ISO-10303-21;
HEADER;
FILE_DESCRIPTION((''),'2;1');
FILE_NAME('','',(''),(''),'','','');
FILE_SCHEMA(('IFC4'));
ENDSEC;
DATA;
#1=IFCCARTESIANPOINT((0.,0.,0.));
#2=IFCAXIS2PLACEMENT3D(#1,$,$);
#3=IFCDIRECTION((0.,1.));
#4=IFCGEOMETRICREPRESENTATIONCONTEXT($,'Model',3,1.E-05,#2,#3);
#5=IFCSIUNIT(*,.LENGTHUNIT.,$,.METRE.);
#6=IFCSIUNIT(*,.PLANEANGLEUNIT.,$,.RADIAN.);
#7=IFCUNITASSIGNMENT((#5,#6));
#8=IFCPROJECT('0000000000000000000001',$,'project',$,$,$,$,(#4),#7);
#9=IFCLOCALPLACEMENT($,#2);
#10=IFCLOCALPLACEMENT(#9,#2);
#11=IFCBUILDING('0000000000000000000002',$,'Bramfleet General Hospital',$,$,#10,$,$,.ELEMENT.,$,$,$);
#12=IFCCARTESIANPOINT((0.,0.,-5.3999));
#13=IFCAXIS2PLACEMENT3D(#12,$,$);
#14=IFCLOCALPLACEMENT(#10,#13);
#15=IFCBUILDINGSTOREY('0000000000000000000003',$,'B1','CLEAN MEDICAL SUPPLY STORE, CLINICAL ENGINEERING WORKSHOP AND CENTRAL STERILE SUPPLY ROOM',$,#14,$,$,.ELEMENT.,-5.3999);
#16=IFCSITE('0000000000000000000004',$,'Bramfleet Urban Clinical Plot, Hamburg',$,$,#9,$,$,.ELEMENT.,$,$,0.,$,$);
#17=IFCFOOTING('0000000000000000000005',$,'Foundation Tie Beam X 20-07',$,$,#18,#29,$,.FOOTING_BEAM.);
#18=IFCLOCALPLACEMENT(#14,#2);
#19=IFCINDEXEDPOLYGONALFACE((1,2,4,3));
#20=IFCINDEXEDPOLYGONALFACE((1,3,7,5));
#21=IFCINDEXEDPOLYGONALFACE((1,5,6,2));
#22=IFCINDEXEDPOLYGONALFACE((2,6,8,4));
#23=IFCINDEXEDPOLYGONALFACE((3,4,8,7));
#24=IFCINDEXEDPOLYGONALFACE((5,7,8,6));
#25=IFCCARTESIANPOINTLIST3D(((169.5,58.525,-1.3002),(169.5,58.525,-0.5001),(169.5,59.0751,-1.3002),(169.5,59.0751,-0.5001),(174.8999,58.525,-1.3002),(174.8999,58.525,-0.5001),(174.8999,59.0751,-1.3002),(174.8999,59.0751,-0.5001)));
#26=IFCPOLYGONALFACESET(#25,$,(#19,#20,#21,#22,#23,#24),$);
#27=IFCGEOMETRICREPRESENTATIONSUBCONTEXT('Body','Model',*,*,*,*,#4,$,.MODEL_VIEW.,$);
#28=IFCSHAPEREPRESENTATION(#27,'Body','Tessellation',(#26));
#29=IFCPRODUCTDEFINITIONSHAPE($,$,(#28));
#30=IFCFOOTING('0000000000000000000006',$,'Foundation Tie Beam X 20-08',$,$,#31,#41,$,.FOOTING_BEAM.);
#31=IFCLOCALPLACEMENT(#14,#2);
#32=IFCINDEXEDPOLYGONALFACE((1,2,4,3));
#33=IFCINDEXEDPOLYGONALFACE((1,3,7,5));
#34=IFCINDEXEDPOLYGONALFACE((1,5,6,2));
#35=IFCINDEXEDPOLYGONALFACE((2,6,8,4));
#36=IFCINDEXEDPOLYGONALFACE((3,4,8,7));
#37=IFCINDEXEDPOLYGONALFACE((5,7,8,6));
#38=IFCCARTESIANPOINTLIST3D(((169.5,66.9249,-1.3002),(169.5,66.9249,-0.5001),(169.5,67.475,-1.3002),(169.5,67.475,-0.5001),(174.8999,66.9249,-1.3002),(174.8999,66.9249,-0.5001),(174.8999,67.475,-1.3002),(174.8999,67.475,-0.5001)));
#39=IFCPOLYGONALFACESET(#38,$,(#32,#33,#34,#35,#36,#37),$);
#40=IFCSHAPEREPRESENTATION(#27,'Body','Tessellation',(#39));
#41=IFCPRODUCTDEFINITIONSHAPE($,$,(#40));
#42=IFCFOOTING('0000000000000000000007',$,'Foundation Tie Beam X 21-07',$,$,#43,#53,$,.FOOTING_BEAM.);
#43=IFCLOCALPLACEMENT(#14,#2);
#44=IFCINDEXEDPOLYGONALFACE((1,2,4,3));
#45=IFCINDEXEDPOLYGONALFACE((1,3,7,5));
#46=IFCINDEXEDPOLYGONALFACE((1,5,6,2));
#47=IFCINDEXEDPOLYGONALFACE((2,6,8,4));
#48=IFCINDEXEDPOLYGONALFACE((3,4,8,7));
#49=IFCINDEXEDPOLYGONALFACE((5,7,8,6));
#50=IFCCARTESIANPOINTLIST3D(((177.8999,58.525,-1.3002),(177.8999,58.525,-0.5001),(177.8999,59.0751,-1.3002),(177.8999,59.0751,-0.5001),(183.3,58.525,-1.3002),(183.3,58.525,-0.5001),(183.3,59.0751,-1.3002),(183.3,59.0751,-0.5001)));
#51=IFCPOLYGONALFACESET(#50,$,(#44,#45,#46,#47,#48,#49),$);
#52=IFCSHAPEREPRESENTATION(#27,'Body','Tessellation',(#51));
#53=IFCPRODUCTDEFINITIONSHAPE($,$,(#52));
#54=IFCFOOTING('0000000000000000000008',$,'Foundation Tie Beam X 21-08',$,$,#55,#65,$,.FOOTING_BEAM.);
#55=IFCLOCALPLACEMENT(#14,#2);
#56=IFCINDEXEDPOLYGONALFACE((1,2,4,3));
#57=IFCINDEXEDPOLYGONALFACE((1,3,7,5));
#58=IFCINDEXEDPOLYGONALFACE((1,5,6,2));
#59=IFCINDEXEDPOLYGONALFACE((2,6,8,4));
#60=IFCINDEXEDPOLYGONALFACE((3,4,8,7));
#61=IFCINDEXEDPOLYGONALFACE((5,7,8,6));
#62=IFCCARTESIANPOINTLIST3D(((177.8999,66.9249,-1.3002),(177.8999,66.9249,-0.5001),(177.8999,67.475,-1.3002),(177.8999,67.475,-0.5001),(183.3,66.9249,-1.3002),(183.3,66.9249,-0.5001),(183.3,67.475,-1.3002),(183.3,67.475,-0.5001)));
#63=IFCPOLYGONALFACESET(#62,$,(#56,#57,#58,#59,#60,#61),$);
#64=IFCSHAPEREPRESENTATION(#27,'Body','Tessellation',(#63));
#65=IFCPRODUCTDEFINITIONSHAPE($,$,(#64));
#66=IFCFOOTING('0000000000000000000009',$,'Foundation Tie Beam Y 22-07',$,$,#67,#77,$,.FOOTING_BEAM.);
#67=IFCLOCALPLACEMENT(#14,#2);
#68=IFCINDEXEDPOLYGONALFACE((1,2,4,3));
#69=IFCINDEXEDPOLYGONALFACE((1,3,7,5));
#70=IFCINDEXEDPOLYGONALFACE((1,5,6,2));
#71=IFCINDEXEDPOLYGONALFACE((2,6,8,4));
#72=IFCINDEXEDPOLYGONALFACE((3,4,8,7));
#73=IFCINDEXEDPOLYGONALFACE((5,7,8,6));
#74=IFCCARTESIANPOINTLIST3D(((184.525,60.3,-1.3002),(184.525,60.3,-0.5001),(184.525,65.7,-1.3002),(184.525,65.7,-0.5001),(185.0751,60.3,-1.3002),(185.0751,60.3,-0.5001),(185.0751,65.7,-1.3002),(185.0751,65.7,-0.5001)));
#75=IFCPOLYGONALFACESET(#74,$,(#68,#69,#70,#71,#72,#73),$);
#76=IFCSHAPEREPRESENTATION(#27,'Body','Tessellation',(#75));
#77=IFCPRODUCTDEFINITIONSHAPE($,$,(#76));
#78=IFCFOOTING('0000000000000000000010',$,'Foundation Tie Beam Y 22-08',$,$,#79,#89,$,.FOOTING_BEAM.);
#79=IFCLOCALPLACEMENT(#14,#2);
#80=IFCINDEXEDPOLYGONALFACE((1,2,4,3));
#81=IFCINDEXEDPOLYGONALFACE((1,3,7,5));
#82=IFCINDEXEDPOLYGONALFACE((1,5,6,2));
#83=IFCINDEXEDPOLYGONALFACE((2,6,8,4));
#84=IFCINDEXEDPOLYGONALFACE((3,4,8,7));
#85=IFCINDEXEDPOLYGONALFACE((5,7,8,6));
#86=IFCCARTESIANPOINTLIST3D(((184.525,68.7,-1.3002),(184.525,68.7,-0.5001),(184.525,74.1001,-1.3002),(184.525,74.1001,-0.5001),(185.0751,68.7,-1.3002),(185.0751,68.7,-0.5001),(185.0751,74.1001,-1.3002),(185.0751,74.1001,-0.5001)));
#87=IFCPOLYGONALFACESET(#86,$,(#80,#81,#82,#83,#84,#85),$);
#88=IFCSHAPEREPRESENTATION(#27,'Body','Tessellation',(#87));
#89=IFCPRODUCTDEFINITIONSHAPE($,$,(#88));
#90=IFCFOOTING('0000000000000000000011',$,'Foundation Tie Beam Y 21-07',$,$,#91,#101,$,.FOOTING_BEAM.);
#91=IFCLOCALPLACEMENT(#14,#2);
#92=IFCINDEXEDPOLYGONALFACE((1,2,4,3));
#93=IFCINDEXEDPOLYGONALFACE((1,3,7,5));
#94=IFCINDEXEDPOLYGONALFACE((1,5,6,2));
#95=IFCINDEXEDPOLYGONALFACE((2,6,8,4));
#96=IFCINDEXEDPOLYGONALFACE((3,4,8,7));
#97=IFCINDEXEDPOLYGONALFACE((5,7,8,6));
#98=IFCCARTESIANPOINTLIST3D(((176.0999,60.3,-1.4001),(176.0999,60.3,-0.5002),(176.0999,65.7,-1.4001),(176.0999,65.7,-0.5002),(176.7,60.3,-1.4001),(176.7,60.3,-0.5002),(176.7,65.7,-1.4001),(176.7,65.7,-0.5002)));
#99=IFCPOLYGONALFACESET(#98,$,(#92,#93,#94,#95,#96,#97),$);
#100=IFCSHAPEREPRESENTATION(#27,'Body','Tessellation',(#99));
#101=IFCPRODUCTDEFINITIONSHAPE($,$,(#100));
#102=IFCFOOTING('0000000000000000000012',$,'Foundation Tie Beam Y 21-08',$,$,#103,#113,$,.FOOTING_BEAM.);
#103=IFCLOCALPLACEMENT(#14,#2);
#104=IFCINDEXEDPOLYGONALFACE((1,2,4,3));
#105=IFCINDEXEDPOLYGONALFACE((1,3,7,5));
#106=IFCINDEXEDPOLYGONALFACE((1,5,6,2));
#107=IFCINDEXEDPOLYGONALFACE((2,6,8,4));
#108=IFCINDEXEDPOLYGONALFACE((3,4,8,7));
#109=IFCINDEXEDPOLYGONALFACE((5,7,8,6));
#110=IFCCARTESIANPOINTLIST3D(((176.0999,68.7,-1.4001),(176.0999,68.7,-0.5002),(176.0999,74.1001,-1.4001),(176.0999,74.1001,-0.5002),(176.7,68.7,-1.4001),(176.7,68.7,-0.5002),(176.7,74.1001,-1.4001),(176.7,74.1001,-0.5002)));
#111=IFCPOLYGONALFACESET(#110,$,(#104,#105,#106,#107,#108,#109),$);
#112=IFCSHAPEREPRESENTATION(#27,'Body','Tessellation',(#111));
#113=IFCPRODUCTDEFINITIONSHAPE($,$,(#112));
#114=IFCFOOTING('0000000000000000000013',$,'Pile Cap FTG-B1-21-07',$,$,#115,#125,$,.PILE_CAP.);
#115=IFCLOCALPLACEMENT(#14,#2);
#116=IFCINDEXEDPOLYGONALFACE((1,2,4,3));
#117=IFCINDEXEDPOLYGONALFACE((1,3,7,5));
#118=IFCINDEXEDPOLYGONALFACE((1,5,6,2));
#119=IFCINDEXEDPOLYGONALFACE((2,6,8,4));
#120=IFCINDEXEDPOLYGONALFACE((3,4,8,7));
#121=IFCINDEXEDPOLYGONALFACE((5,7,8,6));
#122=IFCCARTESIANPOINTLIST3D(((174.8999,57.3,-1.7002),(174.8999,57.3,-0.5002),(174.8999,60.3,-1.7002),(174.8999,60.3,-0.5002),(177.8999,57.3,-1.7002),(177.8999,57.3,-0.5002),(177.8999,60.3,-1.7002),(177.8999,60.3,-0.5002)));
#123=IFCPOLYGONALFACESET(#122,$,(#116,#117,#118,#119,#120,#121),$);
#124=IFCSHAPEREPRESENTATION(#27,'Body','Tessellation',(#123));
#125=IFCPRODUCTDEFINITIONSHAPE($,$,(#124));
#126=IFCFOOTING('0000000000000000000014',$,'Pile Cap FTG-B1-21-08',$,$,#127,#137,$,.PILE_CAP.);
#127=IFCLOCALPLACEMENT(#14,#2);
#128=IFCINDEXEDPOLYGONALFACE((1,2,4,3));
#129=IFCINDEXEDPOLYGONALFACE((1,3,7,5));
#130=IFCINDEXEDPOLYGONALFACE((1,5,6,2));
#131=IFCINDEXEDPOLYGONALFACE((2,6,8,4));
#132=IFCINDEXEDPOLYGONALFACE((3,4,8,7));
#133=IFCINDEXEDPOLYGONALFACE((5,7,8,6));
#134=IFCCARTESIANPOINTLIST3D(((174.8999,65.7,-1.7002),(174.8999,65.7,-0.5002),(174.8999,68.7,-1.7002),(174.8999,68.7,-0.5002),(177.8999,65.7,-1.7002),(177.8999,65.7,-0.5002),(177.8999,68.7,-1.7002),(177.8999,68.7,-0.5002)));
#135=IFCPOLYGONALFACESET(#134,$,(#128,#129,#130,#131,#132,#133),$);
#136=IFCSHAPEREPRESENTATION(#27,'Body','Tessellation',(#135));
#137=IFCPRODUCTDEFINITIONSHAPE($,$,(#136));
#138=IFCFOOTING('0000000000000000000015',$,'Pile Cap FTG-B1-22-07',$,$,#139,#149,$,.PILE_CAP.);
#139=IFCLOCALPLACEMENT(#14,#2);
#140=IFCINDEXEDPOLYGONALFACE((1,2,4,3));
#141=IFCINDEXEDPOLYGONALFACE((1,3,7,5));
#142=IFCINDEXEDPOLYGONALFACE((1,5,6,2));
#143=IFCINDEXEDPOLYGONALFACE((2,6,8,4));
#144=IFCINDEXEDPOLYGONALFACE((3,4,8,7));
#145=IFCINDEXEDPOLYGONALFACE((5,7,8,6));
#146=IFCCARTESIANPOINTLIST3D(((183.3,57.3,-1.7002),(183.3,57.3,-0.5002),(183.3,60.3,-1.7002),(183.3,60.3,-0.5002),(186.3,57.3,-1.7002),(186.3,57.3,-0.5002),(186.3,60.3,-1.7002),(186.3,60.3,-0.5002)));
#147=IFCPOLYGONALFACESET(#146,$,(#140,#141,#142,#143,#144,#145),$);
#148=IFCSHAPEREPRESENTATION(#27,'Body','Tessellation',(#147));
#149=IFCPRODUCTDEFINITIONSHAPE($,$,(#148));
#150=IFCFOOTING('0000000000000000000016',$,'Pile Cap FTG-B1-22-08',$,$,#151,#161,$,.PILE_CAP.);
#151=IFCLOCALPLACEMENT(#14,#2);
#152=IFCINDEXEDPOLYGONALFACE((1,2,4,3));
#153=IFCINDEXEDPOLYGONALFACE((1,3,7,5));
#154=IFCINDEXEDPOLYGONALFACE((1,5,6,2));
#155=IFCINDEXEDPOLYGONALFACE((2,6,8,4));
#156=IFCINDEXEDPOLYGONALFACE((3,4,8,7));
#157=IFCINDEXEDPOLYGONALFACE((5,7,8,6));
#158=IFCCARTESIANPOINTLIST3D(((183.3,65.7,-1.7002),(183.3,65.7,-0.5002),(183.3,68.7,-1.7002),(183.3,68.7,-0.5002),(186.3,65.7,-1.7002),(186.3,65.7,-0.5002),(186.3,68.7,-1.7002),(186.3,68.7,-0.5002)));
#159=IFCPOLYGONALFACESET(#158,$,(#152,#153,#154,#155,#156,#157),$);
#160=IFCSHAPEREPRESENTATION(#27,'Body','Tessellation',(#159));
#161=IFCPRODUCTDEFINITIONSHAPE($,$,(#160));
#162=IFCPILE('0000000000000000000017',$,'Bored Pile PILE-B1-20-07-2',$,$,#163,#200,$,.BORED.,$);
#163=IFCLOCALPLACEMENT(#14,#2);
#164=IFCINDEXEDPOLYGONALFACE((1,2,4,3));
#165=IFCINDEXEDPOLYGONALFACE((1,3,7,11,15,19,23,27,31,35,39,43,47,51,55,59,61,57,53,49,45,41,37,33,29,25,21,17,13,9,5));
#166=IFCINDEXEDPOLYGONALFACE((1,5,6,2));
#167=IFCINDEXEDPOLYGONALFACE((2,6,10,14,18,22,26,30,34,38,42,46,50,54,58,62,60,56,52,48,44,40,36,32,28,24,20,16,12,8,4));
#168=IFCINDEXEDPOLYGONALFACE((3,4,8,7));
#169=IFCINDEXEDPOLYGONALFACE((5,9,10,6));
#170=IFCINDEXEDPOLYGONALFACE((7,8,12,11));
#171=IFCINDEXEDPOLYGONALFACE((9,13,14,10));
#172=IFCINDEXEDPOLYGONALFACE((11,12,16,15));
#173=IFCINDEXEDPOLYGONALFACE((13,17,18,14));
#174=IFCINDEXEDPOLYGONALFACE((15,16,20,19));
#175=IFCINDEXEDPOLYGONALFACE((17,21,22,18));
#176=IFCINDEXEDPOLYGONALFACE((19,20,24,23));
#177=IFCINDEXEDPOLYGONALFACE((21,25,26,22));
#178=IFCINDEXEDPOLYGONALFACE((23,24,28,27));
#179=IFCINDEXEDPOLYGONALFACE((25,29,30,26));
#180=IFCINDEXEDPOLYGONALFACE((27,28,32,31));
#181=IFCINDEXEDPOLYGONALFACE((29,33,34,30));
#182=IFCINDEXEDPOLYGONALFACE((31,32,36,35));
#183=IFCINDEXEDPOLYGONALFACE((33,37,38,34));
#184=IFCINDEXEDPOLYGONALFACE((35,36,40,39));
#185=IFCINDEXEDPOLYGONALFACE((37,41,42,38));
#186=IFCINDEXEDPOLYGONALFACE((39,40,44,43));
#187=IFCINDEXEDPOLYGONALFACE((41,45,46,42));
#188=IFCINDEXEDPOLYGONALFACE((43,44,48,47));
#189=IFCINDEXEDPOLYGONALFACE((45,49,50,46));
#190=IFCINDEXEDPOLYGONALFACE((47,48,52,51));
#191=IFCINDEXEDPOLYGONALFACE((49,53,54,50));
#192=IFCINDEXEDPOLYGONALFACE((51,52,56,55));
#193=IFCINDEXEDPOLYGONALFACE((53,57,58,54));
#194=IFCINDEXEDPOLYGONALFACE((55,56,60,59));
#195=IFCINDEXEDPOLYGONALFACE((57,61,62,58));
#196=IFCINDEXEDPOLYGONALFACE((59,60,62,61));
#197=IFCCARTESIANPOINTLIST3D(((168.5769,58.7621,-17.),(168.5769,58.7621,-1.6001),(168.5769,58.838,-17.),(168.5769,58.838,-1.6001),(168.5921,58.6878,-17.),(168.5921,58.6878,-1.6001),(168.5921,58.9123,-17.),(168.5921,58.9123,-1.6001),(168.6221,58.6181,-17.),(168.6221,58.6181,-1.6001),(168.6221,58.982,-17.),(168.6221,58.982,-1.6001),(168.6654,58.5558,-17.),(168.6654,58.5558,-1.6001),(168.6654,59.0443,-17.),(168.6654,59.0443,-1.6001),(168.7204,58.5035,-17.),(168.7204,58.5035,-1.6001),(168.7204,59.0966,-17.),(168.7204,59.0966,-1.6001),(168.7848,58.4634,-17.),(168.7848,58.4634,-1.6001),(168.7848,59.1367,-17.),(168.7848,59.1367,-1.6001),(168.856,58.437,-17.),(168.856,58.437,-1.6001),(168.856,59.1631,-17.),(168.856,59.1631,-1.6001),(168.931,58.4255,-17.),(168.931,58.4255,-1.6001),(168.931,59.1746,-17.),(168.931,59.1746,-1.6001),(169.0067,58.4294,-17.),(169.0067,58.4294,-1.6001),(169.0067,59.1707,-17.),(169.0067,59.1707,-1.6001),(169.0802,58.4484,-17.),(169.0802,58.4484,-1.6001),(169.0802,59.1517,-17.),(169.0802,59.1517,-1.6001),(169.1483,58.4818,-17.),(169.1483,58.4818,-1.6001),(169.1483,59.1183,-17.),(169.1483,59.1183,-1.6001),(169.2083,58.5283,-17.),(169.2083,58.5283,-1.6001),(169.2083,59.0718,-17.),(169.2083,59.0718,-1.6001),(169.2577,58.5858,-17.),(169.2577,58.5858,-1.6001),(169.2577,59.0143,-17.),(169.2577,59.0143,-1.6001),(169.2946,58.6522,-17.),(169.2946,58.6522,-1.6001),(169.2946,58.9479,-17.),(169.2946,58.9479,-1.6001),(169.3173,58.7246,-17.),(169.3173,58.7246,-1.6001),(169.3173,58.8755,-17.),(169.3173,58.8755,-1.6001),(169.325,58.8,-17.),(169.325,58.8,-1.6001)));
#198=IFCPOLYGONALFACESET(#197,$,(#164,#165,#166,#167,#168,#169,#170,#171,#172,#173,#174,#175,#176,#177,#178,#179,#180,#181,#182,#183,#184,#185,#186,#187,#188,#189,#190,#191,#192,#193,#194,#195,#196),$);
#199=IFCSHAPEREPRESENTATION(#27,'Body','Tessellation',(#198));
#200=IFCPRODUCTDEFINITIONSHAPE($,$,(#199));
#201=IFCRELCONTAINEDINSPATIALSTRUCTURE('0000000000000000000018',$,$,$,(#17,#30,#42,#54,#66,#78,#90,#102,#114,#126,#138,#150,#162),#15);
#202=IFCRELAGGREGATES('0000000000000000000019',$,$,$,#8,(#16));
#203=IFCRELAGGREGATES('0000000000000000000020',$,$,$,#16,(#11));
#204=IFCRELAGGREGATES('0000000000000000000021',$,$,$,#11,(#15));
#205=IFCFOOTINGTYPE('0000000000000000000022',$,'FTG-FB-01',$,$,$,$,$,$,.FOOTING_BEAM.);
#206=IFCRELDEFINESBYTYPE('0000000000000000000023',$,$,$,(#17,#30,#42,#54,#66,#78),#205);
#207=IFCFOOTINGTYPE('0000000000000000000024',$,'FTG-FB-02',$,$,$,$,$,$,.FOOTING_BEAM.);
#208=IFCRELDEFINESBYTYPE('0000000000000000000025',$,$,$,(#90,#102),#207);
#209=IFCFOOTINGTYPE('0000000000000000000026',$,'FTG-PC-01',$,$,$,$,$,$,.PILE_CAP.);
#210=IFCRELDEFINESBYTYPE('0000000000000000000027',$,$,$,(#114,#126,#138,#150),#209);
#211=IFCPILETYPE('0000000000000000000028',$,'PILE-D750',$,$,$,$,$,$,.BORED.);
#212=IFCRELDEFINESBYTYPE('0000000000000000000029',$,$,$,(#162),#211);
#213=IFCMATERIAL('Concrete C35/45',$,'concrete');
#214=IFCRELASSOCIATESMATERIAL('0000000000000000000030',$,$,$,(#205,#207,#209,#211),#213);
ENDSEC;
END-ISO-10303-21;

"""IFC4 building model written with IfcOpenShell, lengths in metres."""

from ifc_helpers import new_model, si_unit, direction, frame, origin, origin_2d, place, context, subcontext, project, spatial, rectangle, circle, extrude, material, material_profile, profile_set, type_object, element, save


model = new_model("IFC4")

# Units and contexts
model_context = context("Model", 3, precision=1e-05, world=origin(), true_north=direction((0.0, 1.0)))
body_context = subcontext(model_context, "Body", "Model", "MODEL_VIEW")
ifc_project = project(units=[si_unit("LENGTHUNIT", "METRE"), si_unit("PLANEANGLEUNIT", "RADIAN")], contexts=[model_context])

# Site, building, storey
site_placement = place(None, origin())
site = spatial("IfcSite", under=ifc_project, at=site_placement, Name="Bramfleet Urban Clinical Plot, Hamburg", CompositionType="ELEMENT", RefElevation=0.0)
building_placement = place(site_placement, origin())
building = spatial("IfcBuilding", under=site, at=building_placement, Name="Bramfleet General Hospital", CompositionType="ELEMENT")
storey_placement = place(building_placement, frame((0.0, 0.0, -5.3999)))
storey = spatial("IfcBuildingStorey", under=building, at=storey_placement, Name="B1", Description="CLEAN MEDICAL SUPPLY STORE, CLINICAL ENGINEERING WORKSHOP AND CENTRAL STERILE SUPPLY ROOM", CompositionType="ELEMENT", Elevation=-5.3999)

# Footings
ifc_material_1 = material(Name="Concrete C35/45", Category="concrete")
ifc_material_profile_1 = material_profile(ifc_material_1, rectangle(XDim=0.55, YDim=0.8, at=origin_2d()), Name="RC FB 800x550")
ifc_profile_set_1 = profile_set([ifc_material_profile_1], Name="Concrete C35/45")
footing_type_1 = type_object("IfcFootingType", Name="FTG-FB-01", PredefinedType="FOOTING_BEAM", material=ifc_profile_set_1)
for number, where, z_axis, x_axis, name in (
    (1, (169.5, 58.8, -0.9001), (1.0, 0.0, 0.0), (0.0, 1.0, 0.0), "Foundation Tie Beam X 20-07"),
    (2, (169.5, 67.2, -0.9001), (1.0, 0.0, 0.0), (0.0, 1.0, 0.0), "Foundation Tie Beam X 20-08"),
):
    element("IfcFooting", number, at=place(storey_placement, frame(where, z_axis=z_axis, x_axis=x_axis)), inside=storey, type_object=footing_type_1, Name=name, PredefinedType="FOOTING_BEAM", context=body_context, shape_type="SweptSolid", body=[
        extrude(rectangle(XDim=0.55, YDim=0.8, at=origin_2d()), origin(), (0.0, 0.0, 1.0), 5.3999),
    ])
for number, where, z_axis, x_axis, name in (
    (3, (177.8999, 58.8, -0.9001), (1.0, 0.0, 0.0), (0.0, 1.0, 0.0), "Foundation Tie Beam X 21-07"),
    (4, (177.8999, 67.2, -0.9001), (1.0, 0.0, 0.0), (0.0, 1.0, 0.0), "Foundation Tie Beam X 21-08"),
):
    element("IfcFooting", number, at=place(storey_placement, frame(where, z_axis=z_axis, x_axis=x_axis)), inside=storey, type_object=footing_type_1, Name=name, PredefinedType="FOOTING_BEAM", context=body_context, shape_type="SweptSolid", body=[
        extrude(rectangle(XDim=0.55, YDim=0.8, at=origin_2d()), origin(), (0.0, 0.0, 1.0), 5.4001),
    ])
footing_1_placement = place(storey_placement, frame((184.8, 60.3, -0.9001), z_axis=(0.0, 1.0, 0.0), x_axis=(-1.0, 0.0, 0.0)))
element("IfcFooting", 5, at=footing_1_placement, inside=storey, type_object=footing_type_1, Name="Foundation Tie Beam Y 22-07", PredefinedType="FOOTING_BEAM", context=body_context, shape_type="SweptSolid", body=[
    extrude(rectangle(XDim=0.55, YDim=0.8, at=origin_2d()), origin(), (0.0, 0.0, 1.0), 5.3999),
])
footing_2_placement = place(storey_placement, frame((184.8, 68.7, -0.9001), z_axis=(0.0, 1.0, 0.0), x_axis=(-1.0, 0.0, 0.0)))
element("IfcFooting", 6, at=footing_2_placement, inside=storey, type_object=footing_type_1, Name="Foundation Tie Beam Y 22-08", PredefinedType="FOOTING_BEAM", context=body_context, shape_type="SweptSolid", body=[
    extrude(rectangle(XDim=0.55, YDim=0.8, at=origin_2d()), origin(), (0.0, 0.0, 1.0), 5.4001),
])
ifc_material_profile_2 = material_profile(ifc_material_1, rectangle(XDim=0.6001, YDim=0.8999, at=origin_2d()), Name="RC FB 900x600")
ifc_profile_set_2 = profile_set([ifc_material_profile_2], Name="Concrete C35/45")
footing_type_2 = type_object("IfcFootingType", Name="FTG-FB-02", PredefinedType="FOOTING_BEAM", material=ifc_profile_set_2)
footing_3_placement = place(storey_placement, frame((176.3999, 60.3, -0.9502), z_axis=(0.0, 1.0, 0.0), x_axis=(-1.0, 0.0, 0.0)))
element("IfcFooting", 7, at=footing_3_placement, inside=storey, type_object=footing_type_2, Name="Foundation Tie Beam Y 21-07", PredefinedType="FOOTING_BEAM", context=body_context, shape_type="SweptSolid", body=[
    extrude(rectangle(XDim=0.6001, YDim=0.8999, at=origin_2d()), origin(), (0.0, 0.0, 1.0), 5.3999),
])
footing_4_placement = place(storey_placement, frame((176.3999, 68.7, -0.9502), z_axis=(0.0, 1.0, 0.0), x_axis=(-1.0, 0.0, 0.0)))
element("IfcFooting", 8, at=footing_4_placement, inside=storey, type_object=footing_type_2, Name="Foundation Tie Beam Y 21-08", PredefinedType="FOOTING_BEAM", context=body_context, shape_type="SweptSolid", body=[
    extrude(rectangle(XDim=0.6001, YDim=0.8999, at=origin_2d()), origin(), (0.0, 0.0, 1.0), 5.4001),
])
footing_type_3 = type_object("IfcFootingType", Name="FTG-PC-01", PredefinedType="PILE_CAP", material=ifc_material_1)
for number, where, z_axis, x_axis, name in (
    (9, (176.3999, 58.8, -1.7002), (0.0, 0.0, 1.0), (1.0, 0.0, 0.0), "Pile Cap FTG-B1-21-07"),
    (10, (176.3999, 67.2, -1.7002), (0.0, 0.0, 1.0), (1.0, 0.0, 0.0), "Pile Cap FTG-B1-21-08"),
    (11, (184.8, 58.8, -1.7002), (0.0, 0.0, 1.0), (1.0, 0.0, 0.0), "Pile Cap FTG-B1-22-07"),
    (12, (184.8, 67.2, -1.7002), (0.0, 0.0, 1.0), (1.0, 0.0, 0.0), "Pile Cap FTG-B1-22-08"),
):
    element("IfcFooting", number, at=place(storey_placement, frame(where, z_axis=z_axis, x_axis=x_axis)), inside=storey, type_object=footing_type_3, Name=name, PredefinedType="PILE_CAP", context=body_context, shape_type="SweptSolid", body=[
        extrude(rectangle(XDim=3.0, YDim=3.0, at=origin_2d()), origin(), (0.0, 0.0, 1.0), 1.2),
    ])

# Pile
ifc_material_profile_3 = material_profile(ifc_material_1, circle(Radius=0.375, at=origin_2d()), Name="PILE BORED D750")
ifc_profile_set_3 = profile_set([ifc_material_profile_3], Name="Concrete C35/45")
pile_type = type_object("IfcPileType", Name="PILE-D750", PredefinedType="BORED", material=ifc_profile_set_3)
for number, where, z_axis, x_axis, name in (
    (13, (168.95, 58.8, -1.6001), (0.0, 0.0, -1.0), (1.0, 0.0, 0.0), "Bored Pile PILE-B1-20-07-2"),
):
    element("IfcPile", number, at=place(storey_placement, frame(where, z_axis=z_axis, x_axis=x_axis)), inside=storey, type_object=pile_type, Name=name, PredefinedType="BORED", context=body_context, shape_type="SweptSolid", body=[
        extrude(circle(Radius=0.375, at=origin_2d()), origin(), (0.0, 0.0, 1.0), 15.3999),
    ])

save(model, "model.ifc")
